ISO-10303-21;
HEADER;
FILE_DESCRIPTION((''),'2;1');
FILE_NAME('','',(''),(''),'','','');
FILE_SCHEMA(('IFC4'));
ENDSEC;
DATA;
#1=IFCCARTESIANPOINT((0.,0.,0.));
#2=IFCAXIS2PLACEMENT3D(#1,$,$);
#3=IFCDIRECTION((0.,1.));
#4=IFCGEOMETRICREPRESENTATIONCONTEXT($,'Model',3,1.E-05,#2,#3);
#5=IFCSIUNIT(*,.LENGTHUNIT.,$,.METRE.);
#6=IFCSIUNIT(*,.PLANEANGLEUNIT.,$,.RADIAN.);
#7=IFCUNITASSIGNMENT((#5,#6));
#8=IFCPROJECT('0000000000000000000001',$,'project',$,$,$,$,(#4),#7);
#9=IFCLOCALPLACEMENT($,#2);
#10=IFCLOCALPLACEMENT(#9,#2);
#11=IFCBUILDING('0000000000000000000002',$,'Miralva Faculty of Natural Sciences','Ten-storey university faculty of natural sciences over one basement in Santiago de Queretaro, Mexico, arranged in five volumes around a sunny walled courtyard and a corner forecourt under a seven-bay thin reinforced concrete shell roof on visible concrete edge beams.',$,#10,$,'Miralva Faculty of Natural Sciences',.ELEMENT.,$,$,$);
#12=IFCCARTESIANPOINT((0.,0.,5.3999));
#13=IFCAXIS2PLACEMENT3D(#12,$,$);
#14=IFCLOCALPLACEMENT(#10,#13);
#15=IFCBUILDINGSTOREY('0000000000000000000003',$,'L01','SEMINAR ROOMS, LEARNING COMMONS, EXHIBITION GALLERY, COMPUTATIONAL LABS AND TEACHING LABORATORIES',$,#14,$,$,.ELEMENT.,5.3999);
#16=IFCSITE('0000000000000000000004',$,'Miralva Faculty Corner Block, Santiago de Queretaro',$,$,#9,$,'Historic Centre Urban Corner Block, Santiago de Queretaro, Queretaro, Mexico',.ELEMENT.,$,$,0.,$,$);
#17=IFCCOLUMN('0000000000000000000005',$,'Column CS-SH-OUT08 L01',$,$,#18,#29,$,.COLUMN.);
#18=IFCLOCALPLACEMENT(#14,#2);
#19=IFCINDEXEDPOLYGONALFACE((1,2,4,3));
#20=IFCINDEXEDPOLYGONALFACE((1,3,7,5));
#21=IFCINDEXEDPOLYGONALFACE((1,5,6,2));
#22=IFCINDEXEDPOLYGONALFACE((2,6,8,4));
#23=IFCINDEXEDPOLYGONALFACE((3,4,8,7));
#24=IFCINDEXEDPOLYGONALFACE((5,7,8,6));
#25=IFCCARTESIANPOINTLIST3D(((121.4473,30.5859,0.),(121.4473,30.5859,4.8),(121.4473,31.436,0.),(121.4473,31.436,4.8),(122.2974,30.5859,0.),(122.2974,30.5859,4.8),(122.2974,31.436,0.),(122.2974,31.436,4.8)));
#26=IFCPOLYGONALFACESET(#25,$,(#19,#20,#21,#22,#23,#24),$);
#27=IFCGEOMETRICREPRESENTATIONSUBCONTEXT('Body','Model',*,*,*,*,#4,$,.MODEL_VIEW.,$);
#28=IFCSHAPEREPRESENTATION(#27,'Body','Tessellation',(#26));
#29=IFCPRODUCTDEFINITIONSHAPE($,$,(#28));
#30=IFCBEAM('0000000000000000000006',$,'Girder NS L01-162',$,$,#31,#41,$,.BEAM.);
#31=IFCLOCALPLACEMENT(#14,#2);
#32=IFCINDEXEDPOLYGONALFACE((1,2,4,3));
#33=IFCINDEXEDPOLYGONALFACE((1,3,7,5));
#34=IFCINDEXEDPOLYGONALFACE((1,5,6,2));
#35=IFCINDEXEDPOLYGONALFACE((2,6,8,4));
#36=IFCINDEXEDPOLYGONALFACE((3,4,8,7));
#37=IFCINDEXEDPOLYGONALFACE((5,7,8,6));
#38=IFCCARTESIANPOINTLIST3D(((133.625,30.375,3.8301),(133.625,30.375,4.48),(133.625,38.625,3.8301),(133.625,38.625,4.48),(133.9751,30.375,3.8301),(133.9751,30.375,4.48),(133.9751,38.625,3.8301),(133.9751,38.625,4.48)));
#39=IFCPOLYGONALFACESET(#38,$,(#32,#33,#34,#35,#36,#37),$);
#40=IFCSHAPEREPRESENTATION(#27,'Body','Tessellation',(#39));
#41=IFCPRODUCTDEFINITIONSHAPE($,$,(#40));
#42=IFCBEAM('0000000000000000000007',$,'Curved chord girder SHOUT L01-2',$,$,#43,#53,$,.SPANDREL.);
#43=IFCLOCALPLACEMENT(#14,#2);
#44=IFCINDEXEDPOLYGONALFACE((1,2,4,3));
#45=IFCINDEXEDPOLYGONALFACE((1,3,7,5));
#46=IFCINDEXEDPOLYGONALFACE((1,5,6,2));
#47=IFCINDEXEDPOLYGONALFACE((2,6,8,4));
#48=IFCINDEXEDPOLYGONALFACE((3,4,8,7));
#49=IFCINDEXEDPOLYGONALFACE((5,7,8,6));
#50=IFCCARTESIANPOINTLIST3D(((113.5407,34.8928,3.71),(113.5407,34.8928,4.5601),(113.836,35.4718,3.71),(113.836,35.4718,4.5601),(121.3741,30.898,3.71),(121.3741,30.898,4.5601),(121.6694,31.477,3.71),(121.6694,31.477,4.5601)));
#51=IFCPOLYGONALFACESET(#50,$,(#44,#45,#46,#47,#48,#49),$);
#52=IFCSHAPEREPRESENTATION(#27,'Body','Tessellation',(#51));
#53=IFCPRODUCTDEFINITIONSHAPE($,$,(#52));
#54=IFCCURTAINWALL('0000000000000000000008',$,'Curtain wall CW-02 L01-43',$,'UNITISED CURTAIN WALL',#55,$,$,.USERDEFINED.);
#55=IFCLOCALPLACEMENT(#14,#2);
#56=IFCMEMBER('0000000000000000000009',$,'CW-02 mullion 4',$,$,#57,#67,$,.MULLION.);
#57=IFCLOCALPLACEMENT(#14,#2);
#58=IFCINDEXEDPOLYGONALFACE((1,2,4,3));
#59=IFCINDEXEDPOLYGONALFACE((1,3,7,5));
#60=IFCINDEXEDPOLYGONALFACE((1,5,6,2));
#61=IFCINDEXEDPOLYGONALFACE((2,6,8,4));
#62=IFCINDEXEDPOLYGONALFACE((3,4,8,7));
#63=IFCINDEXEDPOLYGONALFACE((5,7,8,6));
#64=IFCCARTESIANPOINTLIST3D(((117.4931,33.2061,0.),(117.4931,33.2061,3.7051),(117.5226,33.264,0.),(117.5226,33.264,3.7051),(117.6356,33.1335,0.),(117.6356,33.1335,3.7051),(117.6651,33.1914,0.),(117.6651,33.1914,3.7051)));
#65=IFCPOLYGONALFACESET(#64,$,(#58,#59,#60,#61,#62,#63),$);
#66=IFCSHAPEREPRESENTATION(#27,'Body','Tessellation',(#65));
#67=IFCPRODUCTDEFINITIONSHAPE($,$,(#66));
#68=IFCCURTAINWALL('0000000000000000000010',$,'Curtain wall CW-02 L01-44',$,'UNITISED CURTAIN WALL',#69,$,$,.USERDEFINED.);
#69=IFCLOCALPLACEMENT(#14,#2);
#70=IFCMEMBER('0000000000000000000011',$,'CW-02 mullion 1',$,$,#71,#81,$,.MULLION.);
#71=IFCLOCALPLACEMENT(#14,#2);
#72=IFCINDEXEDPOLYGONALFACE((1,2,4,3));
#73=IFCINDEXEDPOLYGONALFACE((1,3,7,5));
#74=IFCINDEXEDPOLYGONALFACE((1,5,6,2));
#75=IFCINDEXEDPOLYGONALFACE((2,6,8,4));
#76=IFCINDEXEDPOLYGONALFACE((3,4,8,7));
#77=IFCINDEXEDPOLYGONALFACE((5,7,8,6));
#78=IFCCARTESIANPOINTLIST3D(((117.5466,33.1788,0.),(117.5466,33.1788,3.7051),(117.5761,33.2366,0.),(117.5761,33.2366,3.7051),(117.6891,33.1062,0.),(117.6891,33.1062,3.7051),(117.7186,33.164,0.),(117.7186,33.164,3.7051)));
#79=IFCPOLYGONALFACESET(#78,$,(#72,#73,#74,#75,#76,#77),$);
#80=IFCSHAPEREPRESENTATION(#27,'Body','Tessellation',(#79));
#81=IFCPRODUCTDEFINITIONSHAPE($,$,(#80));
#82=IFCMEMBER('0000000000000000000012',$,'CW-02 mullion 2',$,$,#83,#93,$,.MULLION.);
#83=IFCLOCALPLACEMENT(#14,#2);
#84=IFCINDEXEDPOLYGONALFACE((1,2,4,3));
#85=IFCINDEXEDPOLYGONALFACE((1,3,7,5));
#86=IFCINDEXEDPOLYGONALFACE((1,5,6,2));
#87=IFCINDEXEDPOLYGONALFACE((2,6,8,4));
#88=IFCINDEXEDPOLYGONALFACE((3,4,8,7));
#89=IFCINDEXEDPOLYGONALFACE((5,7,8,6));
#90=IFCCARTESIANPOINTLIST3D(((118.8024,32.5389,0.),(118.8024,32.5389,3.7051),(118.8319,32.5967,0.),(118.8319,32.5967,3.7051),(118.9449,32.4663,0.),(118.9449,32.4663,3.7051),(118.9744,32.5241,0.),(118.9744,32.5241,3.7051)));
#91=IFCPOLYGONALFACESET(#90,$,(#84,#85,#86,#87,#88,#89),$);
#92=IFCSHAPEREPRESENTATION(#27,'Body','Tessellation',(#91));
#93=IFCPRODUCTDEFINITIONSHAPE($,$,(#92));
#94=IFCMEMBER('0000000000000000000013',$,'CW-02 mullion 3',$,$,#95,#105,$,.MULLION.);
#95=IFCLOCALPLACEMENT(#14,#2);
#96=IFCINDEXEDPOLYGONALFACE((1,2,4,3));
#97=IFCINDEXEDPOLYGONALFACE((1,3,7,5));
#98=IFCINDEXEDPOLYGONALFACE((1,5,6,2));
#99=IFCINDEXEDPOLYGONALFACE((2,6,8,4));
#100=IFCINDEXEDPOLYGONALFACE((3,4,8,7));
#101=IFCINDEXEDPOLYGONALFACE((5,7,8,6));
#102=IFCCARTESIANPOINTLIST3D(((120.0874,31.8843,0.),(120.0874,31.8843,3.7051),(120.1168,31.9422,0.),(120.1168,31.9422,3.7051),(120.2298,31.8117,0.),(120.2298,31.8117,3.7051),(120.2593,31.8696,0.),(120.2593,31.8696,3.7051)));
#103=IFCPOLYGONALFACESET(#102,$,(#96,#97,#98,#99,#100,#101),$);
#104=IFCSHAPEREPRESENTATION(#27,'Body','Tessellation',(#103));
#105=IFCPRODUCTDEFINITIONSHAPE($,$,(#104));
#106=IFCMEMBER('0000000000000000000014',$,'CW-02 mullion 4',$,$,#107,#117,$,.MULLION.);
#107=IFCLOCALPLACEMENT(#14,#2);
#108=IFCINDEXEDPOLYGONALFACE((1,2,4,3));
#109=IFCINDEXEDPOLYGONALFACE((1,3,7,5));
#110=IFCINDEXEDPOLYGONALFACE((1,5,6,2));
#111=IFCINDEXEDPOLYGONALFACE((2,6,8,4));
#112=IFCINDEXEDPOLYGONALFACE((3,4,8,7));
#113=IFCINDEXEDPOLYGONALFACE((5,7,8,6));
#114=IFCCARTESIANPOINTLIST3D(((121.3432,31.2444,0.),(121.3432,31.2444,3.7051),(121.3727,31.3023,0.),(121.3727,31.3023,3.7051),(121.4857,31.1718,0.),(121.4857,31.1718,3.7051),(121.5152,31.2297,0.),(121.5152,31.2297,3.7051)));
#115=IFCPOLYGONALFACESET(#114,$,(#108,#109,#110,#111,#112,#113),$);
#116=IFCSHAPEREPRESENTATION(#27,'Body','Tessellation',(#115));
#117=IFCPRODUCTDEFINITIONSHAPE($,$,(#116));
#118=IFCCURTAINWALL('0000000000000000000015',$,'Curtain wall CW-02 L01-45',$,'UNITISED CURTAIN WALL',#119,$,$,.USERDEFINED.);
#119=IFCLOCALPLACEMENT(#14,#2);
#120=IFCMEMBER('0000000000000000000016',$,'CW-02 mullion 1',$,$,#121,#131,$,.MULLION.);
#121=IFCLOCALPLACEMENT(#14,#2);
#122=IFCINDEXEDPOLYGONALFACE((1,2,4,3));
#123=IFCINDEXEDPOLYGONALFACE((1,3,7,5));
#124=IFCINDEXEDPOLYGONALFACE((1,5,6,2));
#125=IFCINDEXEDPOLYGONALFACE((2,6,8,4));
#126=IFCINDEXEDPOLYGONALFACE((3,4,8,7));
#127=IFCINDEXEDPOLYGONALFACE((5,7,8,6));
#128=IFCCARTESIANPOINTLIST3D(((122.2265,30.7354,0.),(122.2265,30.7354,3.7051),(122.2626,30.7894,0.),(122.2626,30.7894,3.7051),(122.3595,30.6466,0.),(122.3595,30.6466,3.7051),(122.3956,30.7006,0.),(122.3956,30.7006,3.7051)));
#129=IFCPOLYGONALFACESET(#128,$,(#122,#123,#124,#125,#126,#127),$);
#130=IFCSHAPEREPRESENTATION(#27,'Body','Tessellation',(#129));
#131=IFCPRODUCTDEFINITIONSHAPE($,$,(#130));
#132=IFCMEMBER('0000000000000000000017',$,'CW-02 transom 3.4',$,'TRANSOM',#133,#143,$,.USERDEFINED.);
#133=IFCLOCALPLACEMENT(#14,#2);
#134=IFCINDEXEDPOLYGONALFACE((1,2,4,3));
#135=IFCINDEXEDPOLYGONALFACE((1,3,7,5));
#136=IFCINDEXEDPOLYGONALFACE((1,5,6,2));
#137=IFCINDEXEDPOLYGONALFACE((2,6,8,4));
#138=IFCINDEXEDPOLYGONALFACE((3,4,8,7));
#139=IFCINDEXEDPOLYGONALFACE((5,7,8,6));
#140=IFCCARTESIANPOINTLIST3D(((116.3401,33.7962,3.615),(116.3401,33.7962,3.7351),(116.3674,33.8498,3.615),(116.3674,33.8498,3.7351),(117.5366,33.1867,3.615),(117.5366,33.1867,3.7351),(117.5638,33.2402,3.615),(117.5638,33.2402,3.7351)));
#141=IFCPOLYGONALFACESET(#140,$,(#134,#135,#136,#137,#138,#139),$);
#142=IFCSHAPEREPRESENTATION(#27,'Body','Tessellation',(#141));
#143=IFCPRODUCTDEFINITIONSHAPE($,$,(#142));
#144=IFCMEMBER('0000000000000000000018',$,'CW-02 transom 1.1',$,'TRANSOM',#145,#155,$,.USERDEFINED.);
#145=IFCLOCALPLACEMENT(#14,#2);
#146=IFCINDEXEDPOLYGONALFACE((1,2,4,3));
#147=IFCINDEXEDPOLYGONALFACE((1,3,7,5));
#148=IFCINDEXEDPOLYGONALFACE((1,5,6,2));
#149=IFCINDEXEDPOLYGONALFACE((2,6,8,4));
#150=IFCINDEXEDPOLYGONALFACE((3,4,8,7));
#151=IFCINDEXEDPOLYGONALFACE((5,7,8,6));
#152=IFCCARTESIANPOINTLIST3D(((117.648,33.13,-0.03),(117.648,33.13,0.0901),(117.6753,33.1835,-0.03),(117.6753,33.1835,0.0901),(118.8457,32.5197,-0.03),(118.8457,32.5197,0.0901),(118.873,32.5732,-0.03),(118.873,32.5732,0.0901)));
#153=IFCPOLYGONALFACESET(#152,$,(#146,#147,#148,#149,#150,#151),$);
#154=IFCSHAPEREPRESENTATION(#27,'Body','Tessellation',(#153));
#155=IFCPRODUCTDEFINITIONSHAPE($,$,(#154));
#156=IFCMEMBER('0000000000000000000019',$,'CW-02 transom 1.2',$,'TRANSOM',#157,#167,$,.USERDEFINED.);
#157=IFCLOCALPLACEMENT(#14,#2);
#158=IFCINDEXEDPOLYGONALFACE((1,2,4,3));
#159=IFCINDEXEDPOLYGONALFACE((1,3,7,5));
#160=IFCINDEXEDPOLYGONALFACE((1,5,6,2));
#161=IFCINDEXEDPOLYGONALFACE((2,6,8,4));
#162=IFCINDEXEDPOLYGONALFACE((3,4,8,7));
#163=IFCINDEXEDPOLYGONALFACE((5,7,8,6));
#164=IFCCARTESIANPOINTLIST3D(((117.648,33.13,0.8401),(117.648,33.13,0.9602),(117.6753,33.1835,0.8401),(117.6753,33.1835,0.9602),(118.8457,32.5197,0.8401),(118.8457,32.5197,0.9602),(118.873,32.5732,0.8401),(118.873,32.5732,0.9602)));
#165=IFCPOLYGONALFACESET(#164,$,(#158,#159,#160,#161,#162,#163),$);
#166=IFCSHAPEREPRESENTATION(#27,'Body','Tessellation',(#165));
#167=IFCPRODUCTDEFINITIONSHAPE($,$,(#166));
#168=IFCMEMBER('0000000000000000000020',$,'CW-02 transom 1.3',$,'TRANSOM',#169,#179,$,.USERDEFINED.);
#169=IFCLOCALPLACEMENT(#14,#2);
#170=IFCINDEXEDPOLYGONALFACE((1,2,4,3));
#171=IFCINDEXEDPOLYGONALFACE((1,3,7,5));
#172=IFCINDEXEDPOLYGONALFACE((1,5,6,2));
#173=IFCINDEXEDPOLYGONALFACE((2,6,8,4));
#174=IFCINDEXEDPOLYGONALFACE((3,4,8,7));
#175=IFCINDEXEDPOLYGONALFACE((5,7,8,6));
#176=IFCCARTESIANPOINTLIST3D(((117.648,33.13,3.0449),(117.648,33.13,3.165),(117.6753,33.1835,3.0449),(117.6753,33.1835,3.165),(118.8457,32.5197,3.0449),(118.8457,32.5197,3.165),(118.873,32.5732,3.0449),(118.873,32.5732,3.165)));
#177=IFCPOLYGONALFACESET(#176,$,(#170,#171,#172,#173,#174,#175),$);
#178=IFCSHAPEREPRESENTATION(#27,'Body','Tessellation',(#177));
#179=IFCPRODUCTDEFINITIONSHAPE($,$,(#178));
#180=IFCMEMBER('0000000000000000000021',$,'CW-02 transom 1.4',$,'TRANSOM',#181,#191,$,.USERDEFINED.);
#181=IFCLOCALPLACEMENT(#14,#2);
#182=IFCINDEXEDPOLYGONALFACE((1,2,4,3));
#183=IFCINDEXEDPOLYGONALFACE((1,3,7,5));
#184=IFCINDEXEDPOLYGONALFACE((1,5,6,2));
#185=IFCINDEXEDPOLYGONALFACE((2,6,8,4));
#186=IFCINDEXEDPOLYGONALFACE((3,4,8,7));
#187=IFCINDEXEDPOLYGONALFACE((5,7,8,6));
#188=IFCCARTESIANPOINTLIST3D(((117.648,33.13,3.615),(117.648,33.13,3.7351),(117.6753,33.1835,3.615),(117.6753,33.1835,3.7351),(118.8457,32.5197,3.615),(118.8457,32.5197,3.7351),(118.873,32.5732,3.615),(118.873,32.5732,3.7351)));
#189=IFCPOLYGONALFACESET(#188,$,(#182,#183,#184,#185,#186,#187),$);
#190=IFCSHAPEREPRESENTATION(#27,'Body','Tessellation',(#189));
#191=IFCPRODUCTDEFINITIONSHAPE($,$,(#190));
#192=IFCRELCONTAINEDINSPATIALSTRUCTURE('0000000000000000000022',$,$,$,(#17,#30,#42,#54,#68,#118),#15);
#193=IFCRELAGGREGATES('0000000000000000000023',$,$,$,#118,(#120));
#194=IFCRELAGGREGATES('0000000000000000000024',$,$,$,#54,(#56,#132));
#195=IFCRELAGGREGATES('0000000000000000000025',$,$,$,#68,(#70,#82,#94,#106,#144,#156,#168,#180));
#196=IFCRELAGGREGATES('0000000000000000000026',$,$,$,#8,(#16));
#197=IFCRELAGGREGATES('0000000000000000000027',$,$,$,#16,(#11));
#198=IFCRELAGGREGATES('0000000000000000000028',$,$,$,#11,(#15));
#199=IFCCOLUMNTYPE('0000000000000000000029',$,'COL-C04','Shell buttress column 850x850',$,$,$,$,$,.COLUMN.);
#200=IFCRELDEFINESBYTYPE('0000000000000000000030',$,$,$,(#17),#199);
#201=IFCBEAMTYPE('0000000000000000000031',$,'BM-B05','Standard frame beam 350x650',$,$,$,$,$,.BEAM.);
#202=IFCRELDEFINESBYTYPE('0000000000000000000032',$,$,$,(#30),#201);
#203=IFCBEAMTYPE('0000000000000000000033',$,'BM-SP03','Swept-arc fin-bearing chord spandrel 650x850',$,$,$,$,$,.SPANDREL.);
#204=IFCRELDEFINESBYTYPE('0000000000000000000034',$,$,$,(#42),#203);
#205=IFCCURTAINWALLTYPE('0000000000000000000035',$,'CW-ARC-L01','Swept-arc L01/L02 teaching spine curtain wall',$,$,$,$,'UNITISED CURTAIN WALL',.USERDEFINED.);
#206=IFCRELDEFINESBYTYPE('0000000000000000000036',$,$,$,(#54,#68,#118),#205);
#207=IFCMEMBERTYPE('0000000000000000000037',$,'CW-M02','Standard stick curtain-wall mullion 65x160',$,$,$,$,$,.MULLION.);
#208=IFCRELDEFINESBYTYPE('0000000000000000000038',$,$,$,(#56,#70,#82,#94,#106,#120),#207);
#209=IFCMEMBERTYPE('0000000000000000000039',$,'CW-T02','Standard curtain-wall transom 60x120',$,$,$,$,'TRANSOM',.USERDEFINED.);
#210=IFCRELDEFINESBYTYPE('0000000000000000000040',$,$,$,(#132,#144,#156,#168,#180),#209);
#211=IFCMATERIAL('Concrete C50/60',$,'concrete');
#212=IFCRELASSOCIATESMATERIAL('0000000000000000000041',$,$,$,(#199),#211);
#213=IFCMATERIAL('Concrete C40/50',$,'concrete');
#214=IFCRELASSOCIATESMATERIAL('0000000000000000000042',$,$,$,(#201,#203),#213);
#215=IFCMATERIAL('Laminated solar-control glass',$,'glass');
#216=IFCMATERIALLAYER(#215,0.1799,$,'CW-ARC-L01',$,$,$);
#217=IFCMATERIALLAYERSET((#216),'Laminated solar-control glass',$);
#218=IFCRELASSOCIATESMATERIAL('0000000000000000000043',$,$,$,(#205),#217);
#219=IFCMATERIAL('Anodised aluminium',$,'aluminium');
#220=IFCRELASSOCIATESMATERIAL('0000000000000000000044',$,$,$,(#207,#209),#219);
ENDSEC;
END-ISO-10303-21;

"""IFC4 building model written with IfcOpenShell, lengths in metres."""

from ifc_helpers import new_model, si_unit, direction, frame, origin, origin_2d, place, context, subcontext, project, spatial, rectangle, extrude, material, layer, layer_set, material_profile, profile_set, type_object, element, aggregate, save


model = new_model("IFC4")

# Units and contexts
model_context = context("Model", 3, precision=1e-05, world=origin(), true_north=direction((0.0, 1.0)))
body_context = subcontext(model_context, "Body", "Model", "MODEL_VIEW")
ifc_project = project(units=[si_unit("LENGTHUNIT", "METRE"), si_unit("PLANEANGLEUNIT", "RADIAN")], contexts=[model_context])

# Site, building, storey
site_placement = place(None, origin())
site = spatial("IfcSite", under=ifc_project, at=site_placement, Name="Miralva Faculty Corner Block, Santiago de Queretaro", LongName="Historic Centre Urban Corner Block, Santiago de Queretaro, Queretaro, Mexico", CompositionType="ELEMENT", RefElevation=0.0)
building_placement = place(site_placement, origin())
building = spatial("IfcBuilding", under=site, at=building_placement, Name="Miralva Faculty of Natural Sciences", Description="Ten-storey university faculty of natural sciences over one basement in Santiago de Queretaro, Mexico, arranged in five volumes around a sunny walled courtyard and a corner forecourt under a seven-bay thin reinforced concrete shell roof on visible concrete edge beams.", LongName="Miralva Faculty of Natural Sciences", CompositionType="ELEMENT")
storey_placement = place(building_placement, frame((0.0, 0.0, 5.3999)))
storey = spatial("IfcBuildingStorey", under=building, at=storey_placement, Name="L01", Description="SEMINAR ROOMS, LEARNING COMMONS, EXHIBITION GALLERY, COMPUTATIONAL LABS AND TEACHING LABORATORIES", CompositionType="ELEMENT", Elevation=5.3999)

# Column
ifc_material_1 = material(Name="Concrete C50/60", Category="concrete")
ifc_material_profile_1 = material_profile(ifc_material_1, rectangle(XDim=0.8501, YDim=0.8501, at=origin_2d()), Name="RC 850x850")
ifc_profile_set_1 = profile_set([ifc_material_profile_1], Name="Concrete C50/60")
column_type = type_object("IfcColumnType", Name="COL-C04", Description="Shell buttress column 850x850", PredefinedType="COLUMN", material=ifc_profile_set_1)
column_placement = place(storey_placement, frame((121.8723, 31.011, 0.0), z_axis=(0.0, 0.0, 1.0), x_axis=(1.0, 0.0, 0.0)))
element("IfcColumn", 1, at=column_placement, inside=storey, type_object=column_type, Name="Column CS-SH-OUT08 L01", PredefinedType="COLUMN", context=body_context, shape_type="SweptSolid", body=[
    extrude(rectangle(XDim=0.8501, YDim=0.8501, at=origin_2d()), origin(), (0.0, 0.0, 1.0), 4.8),
])

# Beams
ifc_material_2 = material(Name="Concrete C40/50", Category="concrete")
ifc_material_profile_2 = material_profile(ifc_material_2, rectangle(XDim=0.3501, YDim=0.6499, at=origin_2d()), Name="RC 350x650")
ifc_profile_set_2 = profile_set([ifc_material_profile_2], Name="Concrete C40/50")
beam_type_1 = type_object("IfcBeamType", Name="BM-B05", Description="Standard frame beam 350x650", PredefinedType="BEAM", material=ifc_profile_set_2)
beam_1_placement = place(storey_placement, frame((133.8, 30.375, 4.155), z_axis=(0.0, 1.0, 0.0), x_axis=(-1.0, 0.0, 0.0)))
element("IfcBeam", 2, at=beam_1_placement, inside=storey, type_object=beam_type_1, Name="Girder NS L01-162", PredefinedType="BEAM", context=body_context, shape_type="SweptSolid", body=[
    extrude(rectangle(XDim=0.3501, YDim=0.6499, at=origin_2d()), origin(), (0.0, 0.0, 1.0), 8.25),
])
ifc_material_profile_3 = material_profile(ifc_material_2, rectangle(XDim=0.6499, YDim=0.8501, at=origin_2d()), Name="RC 650x850")
ifc_profile_set_3 = profile_set([ifc_material_profile_3], Name="Concrete C40/50")
beam_type_2 = type_object("IfcBeamType", Name="BM-SP03", Description="Swept-arc fin-bearing chord spandrel 650x850", PredefinedType="SPANDREL", material=ifc_profile_set_3)
beam_2_placement = place(storey_placement, frame((121.5217, 31.1875, 4.135), z_axis=(-0.890845, 0.454307, 0.0), x_axis=(-0.454307, -0.890845, 0.0)))
element("IfcBeam", 3, at=beam_2_placement, inside=storey, type_object=beam_type_2, Name="Curved chord girder SHOUT L01-2", PredefinedType="SPANDREL", context=body_context, shape_type="SweptSolid", body=[
    extrude(rectangle(XDim=0.6499, YDim=0.8501, at=origin_2d()), origin(), (0.0, 0.0, 1.0), 8.7932),
])

# Curtain wall, member
ifc_material_3 = material(Name="Laminated solar-control glass", Category="glass")
ifc_layer_1 = layer(ifc_material_3, 0.1799, Name="CW-ARC-L01")
ifc_layer_set_1 = layer_set([ifc_layer_1], Name="Laminated solar-control glass")
curtain_wall_type = type_object("IfcCurtainWallType", Name="CW-ARC-L01", Description="Swept-arc L01/L02 teaching spine curtain wall", ElementType="UNITISED CURTAIN WALL", PredefinedType="USERDEFINED", material=ifc_layer_set_1)
curtain_wall_1_placement = place(storey_placement, origin())
curtain_wall_1 = element("IfcCurtainWall", 4, at=curtain_wall_1_placement, inside=storey, type_object=curtain_wall_type, Name="Curtain wall CW-02 L01-43", ObjectType="UNITISED CURTAIN WALL", PredefinedType="USERDEFINED")
ifc_material_4 = material(Name="Anodised aluminium", Category="aluminium")
ifc_material_profile_4 = material_profile(ifc_material_4, rectangle(XDim=0.0649, YDim=0.1599, at=origin_2d()), Name="MULLION 65x160")
ifc_profile_set_4 = profile_set([ifc_material_profile_4], Name="Anodised aluminium")
member_type_1 = type_object("IfcMemberType", Name="CW-M02", Description="Standard stick curtain-wall mullion 65x160", PredefinedType="MULLION", material=ifc_profile_set_4)
member_1_placement = place(storey_placement, frame((117.5791, 33.1987, 0.0), z_axis=(0.0, 0.0, 1.0), x_axis=(0.453968, 0.891018, 0.0)))
member_1 = element("IfcMember", 5, at=member_1_placement, type_object=member_type_1, Name="CW-02 mullion 4", PredefinedType="MULLION", context=body_context, shape_type="SweptSolid", body=[
    extrude(rectangle(XDim=0.0649, YDim=0.1599, at=origin_2d()), origin(), (0.0, 0.0, 1.0), 3.7051),
])

# Curtain wall, members
curtain_wall_2_placement = place(storey_placement, origin())
curtain_wall_2 = element("IfcCurtainWall", 6, at=curtain_wall_2_placement, inside=storey, type_object=curtain_wall_type, Name="Curtain wall CW-02 L01-44", ObjectType="UNITISED CURTAIN WALL", PredefinedType="USERDEFINED")
member_2_placement = place(storey_placement, frame((117.6326, 33.1714, 0.0), z_axis=(0.0, 0.0, 1.0), x_axis=(0.453997, 0.891003, 0.0)))
member_2 = element("IfcMember", 7, at=member_2_placement, type_object=member_type_1, Name="CW-02 mullion 1", PredefinedType="MULLION", context=body_context, shape_type="SweptSolid", body=[
    extrude(rectangle(XDim=0.0649, YDim=0.1599, at=origin_2d()), origin(), (0.0, 0.0, 1.0), 3.7051),
])
member_3_placement = place(storey_placement, frame((118.8884, 32.5315, 0.0), z_axis=(0.0, 0.0, 1.0), x_axis=(0.453997, 0.891003, 0.0)))
member_3 = element("IfcMember", 8, at=member_3_placement, type_object=member_type_1, Name="CW-02 mullion 2", PredefinedType="MULLION", context=body_context, shape_type="SweptSolid", body=[
    extrude(rectangle(XDim=0.0649, YDim=0.1599, at=origin_2d()), origin(), (0.0, 0.0, 1.0), 3.7051),
])
member_4_placement = place(storey_placement, frame((120.1733, 31.877, 0.0), z_axis=(0.0, 0.0, 1.0), x_axis=(0.453997, 0.891003, 0.0)))
member_4 = element("IfcMember", 9, at=member_4_placement, type_object=member_type_1, Name="CW-02 mullion 3", PredefinedType="MULLION", context=body_context, shape_type="SweptSolid", body=[
    extrude(rectangle(XDim=0.0649, YDim=0.1599, at=origin_2d()), origin(), (0.0, 0.0, 1.0), 3.7051),
])
member_5_placement = place(storey_placement, frame((121.4292, 31.2371, 0.0), z_axis=(0.0, 0.0, 1.0), x_axis=(0.453997, 0.891003, 0.0)))
member_5 = element("IfcMember", 10, at=member_5_placement, type_object=member_type_1, Name="CW-02 mullion 4", PredefinedType="MULLION", context=body_context, shape_type="SweptSolid", body=[
    extrude(rectangle(XDim=0.0649, YDim=0.1599, at=origin_2d()), origin(), (0.0, 0.0, 1.0), 3.7051),
])

# Curtain wall, member
curtain_wall_3_placement = place(storey_placement, origin())
curtain_wall_3 = element("IfcCurtainWall", 11, at=curtain_wall_3_placement, inside=storey, type_object=curtain_wall_type, Name="Curtain wall CW-02 L01-45", ObjectType="UNITISED CURTAIN WALL", PredefinedType="USERDEFINED")
member_6_placement = place(storey_placement, frame((122.311, 30.718, 0.0), z_axis=(0.0, 0.0, 1.0), x_axis=(0.555562, 0.831475, 0.0)))
member_6 = element("IfcMember", 12, at=member_6_placement, type_object=member_type_1, Name="CW-02 mullion 1", PredefinedType="MULLION", context=body_context, shape_type="SweptSolid", body=[
    extrude(rectangle(XDim=0.0649, YDim=0.1599, at=origin_2d()), origin(), (0.0, 0.0, 1.0), 3.7051),
])

# Members
ifc_material_profile_5 = material_profile(ifc_material_4, rectangle(XDim=0.0601, YDim=0.1201, at=origin_2d()), Name="TRANSOM 60x120")
ifc_profile_set_5 = profile_set([ifc_material_profile_5], Name="Anodised aluminium")
member_type_2 = type_object("IfcMemberType", Name="CW-T02", Description="Standard curtain-wall transom 60x120", ElementType="TRANSOM", PredefinedType="USERDEFINED", material=ifc_profile_set_5)
member_7_placement = place(storey_placement, frame((116.3538, 33.823, 3.675), z_axis=(0.89102, -0.453964, 0.0), x_axis=(0.453964, 0.89102, 0.0)))
member_7 = element("IfcMember", 13, at=member_7_placement, type_object=member_type_2, Name="CW-02 transom 3.4", ObjectType="TRANSOM", PredefinedType="USERDEFINED", context=body_context, shape_type="SweptSolid", body=[
    extrude(rectangle(XDim=0.0601, YDim=0.1201, at=origin_2d()), origin(), (0.0, 0.0, 1.0), 1.3428),
])
member_8_placement = place(storey_placement, frame((117.6616, 33.1567, 0.03), z_axis=(0.890987, -0.454029, 0.0), x_axis=(0.454029, 0.890987, 0.0)))
member_8 = element("IfcMember", 14, at=member_8_placement, type_object=member_type_2, Name="CW-02 transom 1.1", ObjectType="TRANSOM", PredefinedType="USERDEFINED", context=body_context, shape_type="SweptSolid", body=[
    extrude(rectangle(XDim=0.0601, YDim=0.1201, at=origin_2d()), origin(), (0.0, 0.0, 1.0), 1.3442),
])
member_9_placement = place(storey_placement, frame((117.6616, 33.1567, 0.9001), z_axis=(0.890987, -0.454029, 0.0), x_axis=(0.454029, 0.890987, 0.0)))
member_9 = element("IfcMember", 15, at=member_9_placement, type_object=member_type_2, Name="CW-02 transom 1.2", ObjectType="TRANSOM", PredefinedType="USERDEFINED", context=body_context, shape_type="SweptSolid", body=[
    extrude(rectangle(XDim=0.0601, YDim=0.1201, at=origin_2d()), origin(), (0.0, 0.0, 1.0), 1.3442),
])
member_10_placement = place(storey_placement, frame((117.6616, 33.1567, 3.105), z_axis=(0.890987, -0.454029, 0.0), x_axis=(0.454029, 0.890987, 0.0)))
member_10 = element("IfcMember", 16, at=member_10_placement, type_object=member_type_2, Name="CW-02 transom 1.3", ObjectType="TRANSOM", PredefinedType="USERDEFINED", context=body_context, shape_type="SweptSolid", body=[
    extrude(rectangle(XDim=0.0601, YDim=0.1201, at=origin_2d()), origin(), (0.0, 0.0, 1.0), 1.3442),
])
member_11_placement = place(storey_placement, frame((117.6616, 33.1567, 3.675), z_axis=(0.890987, -0.454029, 0.0), x_axis=(0.454029, 0.890987, 0.0)))
member_11 = element("IfcMember", 17, at=member_11_placement, type_object=member_type_2, Name="CW-02 transom 1.4", ObjectType="TRANSOM", PredefinedType="USERDEFINED", context=body_context, shape_type="SweptSolid", body=[
    extrude(rectangle(XDim=0.0601, YDim=0.1201, at=origin_2d()), origin(), (0.0, 0.0, 1.0), 1.3442),
])
aggregate(curtain_wall_3, [member_6])

aggregate(curtain_wall_1, [member_1, member_7])
aggregate(curtain_wall_2, [member_2, member_3, member_4, member_5, member_8, member_9, member_10, member_11])

save(model, "model.ifc")
